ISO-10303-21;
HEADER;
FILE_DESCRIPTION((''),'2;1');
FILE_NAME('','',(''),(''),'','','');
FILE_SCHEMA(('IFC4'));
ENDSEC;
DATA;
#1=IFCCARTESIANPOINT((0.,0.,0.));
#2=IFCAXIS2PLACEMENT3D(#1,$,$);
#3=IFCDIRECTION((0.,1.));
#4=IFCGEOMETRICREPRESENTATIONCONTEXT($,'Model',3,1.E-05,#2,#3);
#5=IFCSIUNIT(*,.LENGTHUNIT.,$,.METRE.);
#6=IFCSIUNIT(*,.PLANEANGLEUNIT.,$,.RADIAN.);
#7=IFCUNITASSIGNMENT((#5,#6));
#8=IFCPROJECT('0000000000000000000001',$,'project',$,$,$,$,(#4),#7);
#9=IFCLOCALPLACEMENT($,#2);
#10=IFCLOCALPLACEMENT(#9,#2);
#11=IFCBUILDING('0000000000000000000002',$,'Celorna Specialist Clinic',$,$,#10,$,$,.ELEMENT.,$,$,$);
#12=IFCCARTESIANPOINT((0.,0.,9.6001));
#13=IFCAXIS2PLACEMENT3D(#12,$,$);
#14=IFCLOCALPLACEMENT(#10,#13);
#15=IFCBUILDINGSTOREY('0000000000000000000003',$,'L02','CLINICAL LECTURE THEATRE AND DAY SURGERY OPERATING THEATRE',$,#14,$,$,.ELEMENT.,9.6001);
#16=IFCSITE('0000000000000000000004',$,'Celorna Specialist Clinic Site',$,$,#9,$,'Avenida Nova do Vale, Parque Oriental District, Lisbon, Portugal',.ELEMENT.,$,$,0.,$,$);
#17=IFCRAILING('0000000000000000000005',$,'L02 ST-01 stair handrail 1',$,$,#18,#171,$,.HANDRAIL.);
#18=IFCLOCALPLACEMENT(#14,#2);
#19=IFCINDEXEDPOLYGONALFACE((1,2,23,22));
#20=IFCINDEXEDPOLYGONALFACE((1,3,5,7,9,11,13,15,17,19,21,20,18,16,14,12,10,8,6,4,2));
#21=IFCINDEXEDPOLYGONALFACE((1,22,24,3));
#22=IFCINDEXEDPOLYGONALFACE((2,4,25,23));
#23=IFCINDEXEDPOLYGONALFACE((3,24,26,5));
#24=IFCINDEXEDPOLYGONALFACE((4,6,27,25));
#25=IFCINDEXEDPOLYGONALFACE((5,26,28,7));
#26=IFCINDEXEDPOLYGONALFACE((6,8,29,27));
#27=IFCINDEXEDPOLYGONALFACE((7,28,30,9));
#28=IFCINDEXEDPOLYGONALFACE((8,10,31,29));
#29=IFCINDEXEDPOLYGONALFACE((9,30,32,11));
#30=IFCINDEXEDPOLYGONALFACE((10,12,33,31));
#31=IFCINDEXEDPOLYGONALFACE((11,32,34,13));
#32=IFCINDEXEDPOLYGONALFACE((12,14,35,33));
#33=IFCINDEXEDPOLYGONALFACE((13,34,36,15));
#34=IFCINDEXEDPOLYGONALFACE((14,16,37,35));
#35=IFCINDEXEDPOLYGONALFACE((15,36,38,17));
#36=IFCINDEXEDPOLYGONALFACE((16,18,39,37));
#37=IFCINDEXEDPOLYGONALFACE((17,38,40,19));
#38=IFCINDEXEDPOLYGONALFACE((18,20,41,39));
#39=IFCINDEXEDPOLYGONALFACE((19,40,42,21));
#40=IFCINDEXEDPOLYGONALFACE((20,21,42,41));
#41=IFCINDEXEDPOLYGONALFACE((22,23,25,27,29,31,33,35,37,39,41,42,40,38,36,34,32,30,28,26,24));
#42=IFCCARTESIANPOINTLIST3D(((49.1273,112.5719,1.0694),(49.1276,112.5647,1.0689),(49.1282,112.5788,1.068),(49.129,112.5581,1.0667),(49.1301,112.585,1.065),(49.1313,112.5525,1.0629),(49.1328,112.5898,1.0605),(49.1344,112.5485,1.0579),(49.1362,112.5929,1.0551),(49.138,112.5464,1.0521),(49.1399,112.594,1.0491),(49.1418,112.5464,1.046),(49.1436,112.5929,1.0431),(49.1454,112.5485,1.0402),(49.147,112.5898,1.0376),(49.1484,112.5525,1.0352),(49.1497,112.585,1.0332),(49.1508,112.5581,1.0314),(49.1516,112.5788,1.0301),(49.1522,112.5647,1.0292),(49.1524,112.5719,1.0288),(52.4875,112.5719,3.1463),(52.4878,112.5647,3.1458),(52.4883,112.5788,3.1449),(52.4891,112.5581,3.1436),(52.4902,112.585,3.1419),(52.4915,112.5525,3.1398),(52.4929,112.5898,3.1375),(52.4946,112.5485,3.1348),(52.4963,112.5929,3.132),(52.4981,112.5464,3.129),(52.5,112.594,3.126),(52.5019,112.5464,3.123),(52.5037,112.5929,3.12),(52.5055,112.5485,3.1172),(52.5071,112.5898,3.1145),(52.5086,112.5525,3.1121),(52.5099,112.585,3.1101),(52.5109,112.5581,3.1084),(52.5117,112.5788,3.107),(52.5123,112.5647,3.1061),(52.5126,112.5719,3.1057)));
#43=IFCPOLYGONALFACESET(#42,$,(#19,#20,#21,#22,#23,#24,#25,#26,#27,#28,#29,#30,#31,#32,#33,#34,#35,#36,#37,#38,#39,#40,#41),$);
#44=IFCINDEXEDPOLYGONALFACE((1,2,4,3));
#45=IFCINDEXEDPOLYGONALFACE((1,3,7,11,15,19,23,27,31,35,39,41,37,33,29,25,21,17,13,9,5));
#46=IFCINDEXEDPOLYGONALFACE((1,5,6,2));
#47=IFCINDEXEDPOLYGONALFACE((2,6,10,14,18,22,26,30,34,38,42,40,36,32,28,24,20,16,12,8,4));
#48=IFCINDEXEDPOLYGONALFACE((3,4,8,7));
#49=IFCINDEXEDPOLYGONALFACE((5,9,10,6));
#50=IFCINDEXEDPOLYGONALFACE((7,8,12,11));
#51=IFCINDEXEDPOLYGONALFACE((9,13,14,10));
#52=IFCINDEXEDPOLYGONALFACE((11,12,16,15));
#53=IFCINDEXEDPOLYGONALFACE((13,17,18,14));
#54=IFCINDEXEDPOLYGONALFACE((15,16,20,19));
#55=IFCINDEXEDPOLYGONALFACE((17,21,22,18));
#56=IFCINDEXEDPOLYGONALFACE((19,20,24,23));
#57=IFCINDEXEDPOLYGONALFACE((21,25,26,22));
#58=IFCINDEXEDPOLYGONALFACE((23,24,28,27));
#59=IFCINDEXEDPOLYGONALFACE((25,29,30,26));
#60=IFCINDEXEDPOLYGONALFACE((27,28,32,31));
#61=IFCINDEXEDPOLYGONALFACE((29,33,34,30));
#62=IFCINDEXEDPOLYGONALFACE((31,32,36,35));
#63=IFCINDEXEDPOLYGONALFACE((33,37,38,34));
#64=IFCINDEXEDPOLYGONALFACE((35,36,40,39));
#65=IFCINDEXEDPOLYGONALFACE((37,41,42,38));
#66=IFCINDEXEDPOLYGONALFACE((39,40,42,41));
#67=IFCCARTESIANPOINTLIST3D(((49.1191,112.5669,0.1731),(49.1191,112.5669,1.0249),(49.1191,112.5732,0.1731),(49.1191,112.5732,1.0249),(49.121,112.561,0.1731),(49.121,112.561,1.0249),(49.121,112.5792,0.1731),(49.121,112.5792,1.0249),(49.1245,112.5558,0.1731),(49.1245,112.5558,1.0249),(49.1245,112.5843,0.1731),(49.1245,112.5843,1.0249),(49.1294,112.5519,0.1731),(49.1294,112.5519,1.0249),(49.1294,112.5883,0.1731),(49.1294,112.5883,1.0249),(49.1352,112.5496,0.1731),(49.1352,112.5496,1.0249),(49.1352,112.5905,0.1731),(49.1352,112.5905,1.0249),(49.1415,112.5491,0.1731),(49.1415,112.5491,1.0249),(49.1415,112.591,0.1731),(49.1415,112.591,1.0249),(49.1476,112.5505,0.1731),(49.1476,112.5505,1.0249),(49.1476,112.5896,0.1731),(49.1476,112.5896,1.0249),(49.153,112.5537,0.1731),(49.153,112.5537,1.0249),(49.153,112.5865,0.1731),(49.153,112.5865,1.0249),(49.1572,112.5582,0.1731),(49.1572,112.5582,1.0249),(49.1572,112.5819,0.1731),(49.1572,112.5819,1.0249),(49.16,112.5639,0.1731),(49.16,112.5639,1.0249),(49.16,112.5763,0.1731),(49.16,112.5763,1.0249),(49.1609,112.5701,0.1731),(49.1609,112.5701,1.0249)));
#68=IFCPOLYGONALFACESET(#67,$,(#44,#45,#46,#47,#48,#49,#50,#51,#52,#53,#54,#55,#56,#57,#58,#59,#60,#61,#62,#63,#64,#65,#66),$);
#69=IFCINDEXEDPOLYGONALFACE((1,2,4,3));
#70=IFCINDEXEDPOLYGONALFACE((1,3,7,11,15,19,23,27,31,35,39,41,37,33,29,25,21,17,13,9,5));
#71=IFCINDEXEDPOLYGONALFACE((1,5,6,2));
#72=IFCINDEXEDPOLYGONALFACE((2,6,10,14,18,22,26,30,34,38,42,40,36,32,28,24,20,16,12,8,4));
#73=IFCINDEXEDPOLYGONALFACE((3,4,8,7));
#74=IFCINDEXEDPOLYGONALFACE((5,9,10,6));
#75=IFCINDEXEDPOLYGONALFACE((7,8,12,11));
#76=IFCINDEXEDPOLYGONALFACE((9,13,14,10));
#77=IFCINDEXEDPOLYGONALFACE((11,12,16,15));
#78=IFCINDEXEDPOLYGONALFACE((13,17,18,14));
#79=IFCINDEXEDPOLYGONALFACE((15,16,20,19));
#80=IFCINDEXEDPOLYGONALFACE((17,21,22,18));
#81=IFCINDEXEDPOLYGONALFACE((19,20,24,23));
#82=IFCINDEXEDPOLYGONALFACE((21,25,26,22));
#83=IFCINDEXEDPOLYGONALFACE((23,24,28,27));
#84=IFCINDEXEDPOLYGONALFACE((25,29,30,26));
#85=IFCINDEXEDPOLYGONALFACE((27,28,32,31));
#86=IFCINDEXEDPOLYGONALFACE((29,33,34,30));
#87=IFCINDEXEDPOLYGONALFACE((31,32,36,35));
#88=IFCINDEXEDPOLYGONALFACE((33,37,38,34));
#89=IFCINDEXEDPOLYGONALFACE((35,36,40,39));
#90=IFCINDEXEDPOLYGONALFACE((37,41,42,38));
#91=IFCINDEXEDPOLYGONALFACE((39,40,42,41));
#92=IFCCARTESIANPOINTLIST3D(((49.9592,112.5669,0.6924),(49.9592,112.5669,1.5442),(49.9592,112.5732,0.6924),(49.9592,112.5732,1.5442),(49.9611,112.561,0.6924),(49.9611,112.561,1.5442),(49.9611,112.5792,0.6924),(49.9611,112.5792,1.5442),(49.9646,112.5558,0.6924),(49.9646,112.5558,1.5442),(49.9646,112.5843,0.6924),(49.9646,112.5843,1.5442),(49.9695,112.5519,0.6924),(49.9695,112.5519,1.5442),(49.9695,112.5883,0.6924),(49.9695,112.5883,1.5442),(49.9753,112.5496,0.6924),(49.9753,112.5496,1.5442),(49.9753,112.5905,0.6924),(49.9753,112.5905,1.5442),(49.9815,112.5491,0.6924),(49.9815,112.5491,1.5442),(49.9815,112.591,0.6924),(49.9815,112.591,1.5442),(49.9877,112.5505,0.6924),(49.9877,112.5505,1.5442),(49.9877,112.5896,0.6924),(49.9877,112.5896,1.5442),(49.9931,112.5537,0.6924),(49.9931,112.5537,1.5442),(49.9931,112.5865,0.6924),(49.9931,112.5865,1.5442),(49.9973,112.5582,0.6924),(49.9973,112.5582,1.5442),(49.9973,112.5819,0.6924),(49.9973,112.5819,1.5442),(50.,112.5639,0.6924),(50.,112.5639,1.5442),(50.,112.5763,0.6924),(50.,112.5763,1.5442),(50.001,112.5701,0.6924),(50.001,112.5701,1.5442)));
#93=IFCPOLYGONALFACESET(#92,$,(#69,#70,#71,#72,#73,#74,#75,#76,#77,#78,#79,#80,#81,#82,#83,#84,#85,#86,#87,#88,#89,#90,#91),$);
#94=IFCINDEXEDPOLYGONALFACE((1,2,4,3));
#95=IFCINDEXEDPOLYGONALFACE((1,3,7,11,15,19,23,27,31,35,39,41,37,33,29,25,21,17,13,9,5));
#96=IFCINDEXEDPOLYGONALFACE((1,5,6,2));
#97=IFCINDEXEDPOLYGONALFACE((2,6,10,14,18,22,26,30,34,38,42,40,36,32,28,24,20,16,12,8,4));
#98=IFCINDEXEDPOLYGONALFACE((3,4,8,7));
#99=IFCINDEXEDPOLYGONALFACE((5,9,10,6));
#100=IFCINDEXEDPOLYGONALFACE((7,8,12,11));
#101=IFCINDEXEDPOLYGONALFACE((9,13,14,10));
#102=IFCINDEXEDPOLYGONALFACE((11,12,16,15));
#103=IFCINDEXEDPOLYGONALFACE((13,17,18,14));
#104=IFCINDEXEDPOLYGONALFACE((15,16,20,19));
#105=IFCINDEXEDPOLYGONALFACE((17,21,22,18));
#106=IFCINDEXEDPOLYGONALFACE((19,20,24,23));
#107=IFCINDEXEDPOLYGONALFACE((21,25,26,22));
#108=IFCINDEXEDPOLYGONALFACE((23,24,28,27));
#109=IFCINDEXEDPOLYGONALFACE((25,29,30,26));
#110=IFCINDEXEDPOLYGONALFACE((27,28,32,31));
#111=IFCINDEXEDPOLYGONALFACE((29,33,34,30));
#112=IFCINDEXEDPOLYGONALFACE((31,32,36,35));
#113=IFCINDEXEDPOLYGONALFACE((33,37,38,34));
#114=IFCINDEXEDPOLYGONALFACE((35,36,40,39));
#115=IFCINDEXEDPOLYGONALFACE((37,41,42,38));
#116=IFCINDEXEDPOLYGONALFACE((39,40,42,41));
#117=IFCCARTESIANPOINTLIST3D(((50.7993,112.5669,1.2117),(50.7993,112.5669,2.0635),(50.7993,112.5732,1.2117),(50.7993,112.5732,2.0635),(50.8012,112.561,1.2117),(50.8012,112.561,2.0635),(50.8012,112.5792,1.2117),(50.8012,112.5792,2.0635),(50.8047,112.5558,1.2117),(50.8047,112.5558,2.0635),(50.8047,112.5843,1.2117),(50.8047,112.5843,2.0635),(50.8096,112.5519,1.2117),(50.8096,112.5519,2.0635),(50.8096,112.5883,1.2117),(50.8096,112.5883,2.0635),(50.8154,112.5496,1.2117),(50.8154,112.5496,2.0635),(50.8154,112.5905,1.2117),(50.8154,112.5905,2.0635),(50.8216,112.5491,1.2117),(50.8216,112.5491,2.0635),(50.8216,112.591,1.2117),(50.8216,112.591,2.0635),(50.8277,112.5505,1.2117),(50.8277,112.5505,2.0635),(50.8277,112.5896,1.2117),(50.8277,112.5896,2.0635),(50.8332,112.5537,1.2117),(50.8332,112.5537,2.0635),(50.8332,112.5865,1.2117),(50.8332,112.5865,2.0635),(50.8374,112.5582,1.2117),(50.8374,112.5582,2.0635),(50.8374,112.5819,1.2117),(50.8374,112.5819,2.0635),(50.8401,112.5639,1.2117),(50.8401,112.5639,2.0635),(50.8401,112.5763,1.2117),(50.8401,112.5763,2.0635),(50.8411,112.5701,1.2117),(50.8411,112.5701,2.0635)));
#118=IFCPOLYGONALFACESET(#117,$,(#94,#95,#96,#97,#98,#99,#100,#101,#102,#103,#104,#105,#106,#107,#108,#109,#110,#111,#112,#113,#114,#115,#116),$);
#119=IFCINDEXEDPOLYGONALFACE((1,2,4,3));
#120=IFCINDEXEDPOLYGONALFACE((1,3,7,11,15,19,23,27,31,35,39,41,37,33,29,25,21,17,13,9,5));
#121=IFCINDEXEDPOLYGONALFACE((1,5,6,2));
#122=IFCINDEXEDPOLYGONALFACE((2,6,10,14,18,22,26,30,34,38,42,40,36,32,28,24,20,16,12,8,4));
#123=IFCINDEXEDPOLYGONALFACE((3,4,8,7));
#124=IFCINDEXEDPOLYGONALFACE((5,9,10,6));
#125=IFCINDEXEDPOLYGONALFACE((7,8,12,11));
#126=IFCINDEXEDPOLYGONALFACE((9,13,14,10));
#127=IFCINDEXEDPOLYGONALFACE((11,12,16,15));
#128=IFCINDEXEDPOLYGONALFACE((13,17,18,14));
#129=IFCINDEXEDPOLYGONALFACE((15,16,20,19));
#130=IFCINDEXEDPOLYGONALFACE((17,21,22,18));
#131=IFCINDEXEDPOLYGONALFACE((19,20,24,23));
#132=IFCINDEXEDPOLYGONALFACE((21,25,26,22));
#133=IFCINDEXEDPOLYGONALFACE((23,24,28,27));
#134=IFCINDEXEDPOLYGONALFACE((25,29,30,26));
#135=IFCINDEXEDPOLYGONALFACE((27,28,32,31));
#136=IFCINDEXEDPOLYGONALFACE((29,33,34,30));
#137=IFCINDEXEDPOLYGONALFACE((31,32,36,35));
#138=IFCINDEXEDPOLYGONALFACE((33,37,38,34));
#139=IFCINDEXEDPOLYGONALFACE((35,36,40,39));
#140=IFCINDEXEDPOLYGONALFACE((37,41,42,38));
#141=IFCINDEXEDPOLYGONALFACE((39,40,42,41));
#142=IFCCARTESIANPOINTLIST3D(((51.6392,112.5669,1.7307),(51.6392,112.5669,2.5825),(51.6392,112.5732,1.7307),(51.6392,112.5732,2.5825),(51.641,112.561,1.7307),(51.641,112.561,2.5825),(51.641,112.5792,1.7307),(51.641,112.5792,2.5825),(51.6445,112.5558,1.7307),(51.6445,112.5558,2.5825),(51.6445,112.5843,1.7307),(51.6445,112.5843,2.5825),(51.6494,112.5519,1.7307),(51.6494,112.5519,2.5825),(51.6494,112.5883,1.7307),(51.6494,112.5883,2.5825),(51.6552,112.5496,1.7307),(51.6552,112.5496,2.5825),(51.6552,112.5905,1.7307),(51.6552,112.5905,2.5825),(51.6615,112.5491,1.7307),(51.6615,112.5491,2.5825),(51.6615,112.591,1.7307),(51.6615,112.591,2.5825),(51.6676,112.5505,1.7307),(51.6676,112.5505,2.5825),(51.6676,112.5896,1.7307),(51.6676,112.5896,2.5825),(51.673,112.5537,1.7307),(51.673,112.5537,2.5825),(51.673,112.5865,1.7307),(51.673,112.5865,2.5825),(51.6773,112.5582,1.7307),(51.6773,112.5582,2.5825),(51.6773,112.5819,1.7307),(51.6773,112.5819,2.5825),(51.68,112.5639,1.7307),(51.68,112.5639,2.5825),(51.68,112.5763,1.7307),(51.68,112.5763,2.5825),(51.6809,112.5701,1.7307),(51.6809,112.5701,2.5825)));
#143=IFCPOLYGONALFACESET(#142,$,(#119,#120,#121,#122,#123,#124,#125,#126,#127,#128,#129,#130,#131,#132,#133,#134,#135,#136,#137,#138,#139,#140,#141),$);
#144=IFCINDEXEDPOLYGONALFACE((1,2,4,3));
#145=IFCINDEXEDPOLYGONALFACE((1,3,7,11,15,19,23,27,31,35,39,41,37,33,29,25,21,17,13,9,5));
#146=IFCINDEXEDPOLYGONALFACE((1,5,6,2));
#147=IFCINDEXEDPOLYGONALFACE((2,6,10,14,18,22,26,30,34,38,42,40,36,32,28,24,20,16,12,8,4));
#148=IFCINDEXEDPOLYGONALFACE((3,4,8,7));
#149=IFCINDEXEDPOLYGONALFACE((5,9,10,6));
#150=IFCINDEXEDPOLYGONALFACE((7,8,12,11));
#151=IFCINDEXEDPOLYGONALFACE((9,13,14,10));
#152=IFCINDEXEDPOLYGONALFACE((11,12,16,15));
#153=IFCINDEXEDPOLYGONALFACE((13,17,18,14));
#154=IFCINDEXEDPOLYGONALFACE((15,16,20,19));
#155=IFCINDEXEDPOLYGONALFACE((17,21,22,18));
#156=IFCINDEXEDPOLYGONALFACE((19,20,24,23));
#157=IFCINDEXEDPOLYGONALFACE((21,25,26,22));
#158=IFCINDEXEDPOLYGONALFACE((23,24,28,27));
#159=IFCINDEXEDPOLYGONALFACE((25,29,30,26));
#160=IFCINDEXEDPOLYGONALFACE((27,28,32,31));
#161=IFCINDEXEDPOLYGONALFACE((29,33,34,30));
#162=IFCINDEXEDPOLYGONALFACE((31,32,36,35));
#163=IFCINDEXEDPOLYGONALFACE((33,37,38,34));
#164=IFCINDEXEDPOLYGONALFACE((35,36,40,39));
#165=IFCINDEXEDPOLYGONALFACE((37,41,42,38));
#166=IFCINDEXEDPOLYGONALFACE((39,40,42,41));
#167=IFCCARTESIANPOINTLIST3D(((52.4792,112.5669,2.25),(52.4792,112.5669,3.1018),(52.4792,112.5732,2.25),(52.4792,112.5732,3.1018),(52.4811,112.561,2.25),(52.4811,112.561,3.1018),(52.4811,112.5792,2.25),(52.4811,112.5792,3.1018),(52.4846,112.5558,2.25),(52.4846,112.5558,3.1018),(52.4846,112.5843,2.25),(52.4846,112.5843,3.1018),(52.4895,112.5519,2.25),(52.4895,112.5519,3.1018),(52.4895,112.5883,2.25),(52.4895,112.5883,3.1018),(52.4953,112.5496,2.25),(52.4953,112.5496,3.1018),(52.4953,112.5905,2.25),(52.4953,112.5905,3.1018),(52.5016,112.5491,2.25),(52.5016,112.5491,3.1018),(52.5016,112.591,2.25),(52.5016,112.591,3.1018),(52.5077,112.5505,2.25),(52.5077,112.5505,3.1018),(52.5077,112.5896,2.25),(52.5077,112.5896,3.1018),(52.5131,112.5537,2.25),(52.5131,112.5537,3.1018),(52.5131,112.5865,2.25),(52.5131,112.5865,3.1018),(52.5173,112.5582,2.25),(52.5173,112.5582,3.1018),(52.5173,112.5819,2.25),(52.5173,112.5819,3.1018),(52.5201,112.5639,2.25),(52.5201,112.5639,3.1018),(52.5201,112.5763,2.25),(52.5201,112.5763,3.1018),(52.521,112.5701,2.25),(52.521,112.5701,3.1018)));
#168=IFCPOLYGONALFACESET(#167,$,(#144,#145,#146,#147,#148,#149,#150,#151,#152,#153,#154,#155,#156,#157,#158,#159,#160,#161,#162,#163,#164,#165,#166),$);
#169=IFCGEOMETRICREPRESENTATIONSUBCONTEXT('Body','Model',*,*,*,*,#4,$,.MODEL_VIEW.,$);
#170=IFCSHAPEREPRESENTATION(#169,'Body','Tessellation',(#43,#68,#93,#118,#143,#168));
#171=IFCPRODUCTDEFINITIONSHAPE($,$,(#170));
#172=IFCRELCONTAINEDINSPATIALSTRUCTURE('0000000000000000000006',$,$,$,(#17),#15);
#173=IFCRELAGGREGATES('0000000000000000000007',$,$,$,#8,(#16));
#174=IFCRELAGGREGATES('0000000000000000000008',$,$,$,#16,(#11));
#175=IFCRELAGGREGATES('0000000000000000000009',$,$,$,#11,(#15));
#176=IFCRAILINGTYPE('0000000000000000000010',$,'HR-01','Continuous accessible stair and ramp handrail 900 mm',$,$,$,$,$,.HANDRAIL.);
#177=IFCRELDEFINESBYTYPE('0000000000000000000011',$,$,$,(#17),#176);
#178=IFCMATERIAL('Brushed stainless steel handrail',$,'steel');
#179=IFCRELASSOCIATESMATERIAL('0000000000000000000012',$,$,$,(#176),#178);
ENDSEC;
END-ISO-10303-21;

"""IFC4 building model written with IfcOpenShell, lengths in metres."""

from ifc_helpers import new_model, si_unit, direction, frame, origin, origin_2d, place, context, subcontext, project, spatial, circle, extrude, material, type_object, element, save


model = new_model("IFC4")

# Units and contexts
model_context = context("Model", 3, precision=1e-05, world=origin(), true_north=direction((0.0, 1.0)))
body_context = subcontext(model_context, "Body", "Model", "MODEL_VIEW")
ifc_project = project(units=[si_unit("LENGTHUNIT", "METRE"), si_unit("PLANEANGLEUNIT", "RADIAN")], contexts=[model_context])

# Site, building, storey
site_placement = place(None, origin())
site = spatial("IfcSite", under=ifc_project, at=site_placement, Name="Celorna Specialist Clinic Site", LongName="Avenida Nova do Vale, Parque Oriental District, Lisbon, Portugal", CompositionType="ELEMENT", RefElevation=0.0)
building_placement = place(site_placement, origin())
building = spatial("IfcBuilding", under=site, at=building_placement, Name="Celorna Specialist Clinic", CompositionType="ELEMENT")
storey_placement = place(building_placement, frame((0.0, 0.0, 9.6001)))
storey = spatial("IfcBuildingStorey", under=building, at=storey_placement, Name="L02", Description="CLINICAL LECTURE THEATRE AND DAY SURGERY OPERATING THEATRE", CompositionType="ELEMENT", Elevation=9.6001)

# Railing
ifc_material_1 = material(Name="Brushed stainless steel handrail", Category="steel")
railing_type = type_object("IfcRailingType", Name="HR-01", Description="Continuous accessible stair and ramp handrail 900 mm", PredefinedType="HANDRAIL", material=ifc_material_1)
railing_placement = place(storey_placement, frame((49.1399, 112.5701, 0.1731)))
element("IfcRailing", 1, at=railing_placement, inside=storey, type_object=railing_type, Name="L02 ST-01 stair handrail 1", PredefinedType="HANDRAIL", context=body_context, shape_type="SweptSolid", body=[
    extrude(circle(Radius=0.0239, at=origin_2d()), frame((0.0, 0.0, 0.876), z_axis=(0.850623, 0.0, 0.525776), x_axis=(0.0, 1.0, 0.0)), (0.0, 0.0, 1.0), 3.9502),
    extrude(circle(Radius=0.021, at=origin_2d()), origin(), (0.0, 0.0, 1.0), 0.8518),
    extrude(circle(Radius=0.021, at=origin_2d()), frame((0.8401, 0.0, 0.5193)), (0.0, 0.0, 1.0), 0.8518),
    extrude(circle(Radius=0.021, at=origin_2d()), frame((1.6802, 0.0, 1.0386)), (0.0, 0.0, 1.0), 0.8518),
    extrude(circle(Radius=0.021, at=origin_2d()), frame((2.52, 0.0, 1.5576)), (0.0, 0.0, 1.0), 0.8518),
    extrude(circle(Radius=0.021, at=origin_2d()), frame((3.3601, 0.0, 2.0769)), (0.0, 0.0, 1.0), 0.8518),
])

save(model, "model.ifc")
